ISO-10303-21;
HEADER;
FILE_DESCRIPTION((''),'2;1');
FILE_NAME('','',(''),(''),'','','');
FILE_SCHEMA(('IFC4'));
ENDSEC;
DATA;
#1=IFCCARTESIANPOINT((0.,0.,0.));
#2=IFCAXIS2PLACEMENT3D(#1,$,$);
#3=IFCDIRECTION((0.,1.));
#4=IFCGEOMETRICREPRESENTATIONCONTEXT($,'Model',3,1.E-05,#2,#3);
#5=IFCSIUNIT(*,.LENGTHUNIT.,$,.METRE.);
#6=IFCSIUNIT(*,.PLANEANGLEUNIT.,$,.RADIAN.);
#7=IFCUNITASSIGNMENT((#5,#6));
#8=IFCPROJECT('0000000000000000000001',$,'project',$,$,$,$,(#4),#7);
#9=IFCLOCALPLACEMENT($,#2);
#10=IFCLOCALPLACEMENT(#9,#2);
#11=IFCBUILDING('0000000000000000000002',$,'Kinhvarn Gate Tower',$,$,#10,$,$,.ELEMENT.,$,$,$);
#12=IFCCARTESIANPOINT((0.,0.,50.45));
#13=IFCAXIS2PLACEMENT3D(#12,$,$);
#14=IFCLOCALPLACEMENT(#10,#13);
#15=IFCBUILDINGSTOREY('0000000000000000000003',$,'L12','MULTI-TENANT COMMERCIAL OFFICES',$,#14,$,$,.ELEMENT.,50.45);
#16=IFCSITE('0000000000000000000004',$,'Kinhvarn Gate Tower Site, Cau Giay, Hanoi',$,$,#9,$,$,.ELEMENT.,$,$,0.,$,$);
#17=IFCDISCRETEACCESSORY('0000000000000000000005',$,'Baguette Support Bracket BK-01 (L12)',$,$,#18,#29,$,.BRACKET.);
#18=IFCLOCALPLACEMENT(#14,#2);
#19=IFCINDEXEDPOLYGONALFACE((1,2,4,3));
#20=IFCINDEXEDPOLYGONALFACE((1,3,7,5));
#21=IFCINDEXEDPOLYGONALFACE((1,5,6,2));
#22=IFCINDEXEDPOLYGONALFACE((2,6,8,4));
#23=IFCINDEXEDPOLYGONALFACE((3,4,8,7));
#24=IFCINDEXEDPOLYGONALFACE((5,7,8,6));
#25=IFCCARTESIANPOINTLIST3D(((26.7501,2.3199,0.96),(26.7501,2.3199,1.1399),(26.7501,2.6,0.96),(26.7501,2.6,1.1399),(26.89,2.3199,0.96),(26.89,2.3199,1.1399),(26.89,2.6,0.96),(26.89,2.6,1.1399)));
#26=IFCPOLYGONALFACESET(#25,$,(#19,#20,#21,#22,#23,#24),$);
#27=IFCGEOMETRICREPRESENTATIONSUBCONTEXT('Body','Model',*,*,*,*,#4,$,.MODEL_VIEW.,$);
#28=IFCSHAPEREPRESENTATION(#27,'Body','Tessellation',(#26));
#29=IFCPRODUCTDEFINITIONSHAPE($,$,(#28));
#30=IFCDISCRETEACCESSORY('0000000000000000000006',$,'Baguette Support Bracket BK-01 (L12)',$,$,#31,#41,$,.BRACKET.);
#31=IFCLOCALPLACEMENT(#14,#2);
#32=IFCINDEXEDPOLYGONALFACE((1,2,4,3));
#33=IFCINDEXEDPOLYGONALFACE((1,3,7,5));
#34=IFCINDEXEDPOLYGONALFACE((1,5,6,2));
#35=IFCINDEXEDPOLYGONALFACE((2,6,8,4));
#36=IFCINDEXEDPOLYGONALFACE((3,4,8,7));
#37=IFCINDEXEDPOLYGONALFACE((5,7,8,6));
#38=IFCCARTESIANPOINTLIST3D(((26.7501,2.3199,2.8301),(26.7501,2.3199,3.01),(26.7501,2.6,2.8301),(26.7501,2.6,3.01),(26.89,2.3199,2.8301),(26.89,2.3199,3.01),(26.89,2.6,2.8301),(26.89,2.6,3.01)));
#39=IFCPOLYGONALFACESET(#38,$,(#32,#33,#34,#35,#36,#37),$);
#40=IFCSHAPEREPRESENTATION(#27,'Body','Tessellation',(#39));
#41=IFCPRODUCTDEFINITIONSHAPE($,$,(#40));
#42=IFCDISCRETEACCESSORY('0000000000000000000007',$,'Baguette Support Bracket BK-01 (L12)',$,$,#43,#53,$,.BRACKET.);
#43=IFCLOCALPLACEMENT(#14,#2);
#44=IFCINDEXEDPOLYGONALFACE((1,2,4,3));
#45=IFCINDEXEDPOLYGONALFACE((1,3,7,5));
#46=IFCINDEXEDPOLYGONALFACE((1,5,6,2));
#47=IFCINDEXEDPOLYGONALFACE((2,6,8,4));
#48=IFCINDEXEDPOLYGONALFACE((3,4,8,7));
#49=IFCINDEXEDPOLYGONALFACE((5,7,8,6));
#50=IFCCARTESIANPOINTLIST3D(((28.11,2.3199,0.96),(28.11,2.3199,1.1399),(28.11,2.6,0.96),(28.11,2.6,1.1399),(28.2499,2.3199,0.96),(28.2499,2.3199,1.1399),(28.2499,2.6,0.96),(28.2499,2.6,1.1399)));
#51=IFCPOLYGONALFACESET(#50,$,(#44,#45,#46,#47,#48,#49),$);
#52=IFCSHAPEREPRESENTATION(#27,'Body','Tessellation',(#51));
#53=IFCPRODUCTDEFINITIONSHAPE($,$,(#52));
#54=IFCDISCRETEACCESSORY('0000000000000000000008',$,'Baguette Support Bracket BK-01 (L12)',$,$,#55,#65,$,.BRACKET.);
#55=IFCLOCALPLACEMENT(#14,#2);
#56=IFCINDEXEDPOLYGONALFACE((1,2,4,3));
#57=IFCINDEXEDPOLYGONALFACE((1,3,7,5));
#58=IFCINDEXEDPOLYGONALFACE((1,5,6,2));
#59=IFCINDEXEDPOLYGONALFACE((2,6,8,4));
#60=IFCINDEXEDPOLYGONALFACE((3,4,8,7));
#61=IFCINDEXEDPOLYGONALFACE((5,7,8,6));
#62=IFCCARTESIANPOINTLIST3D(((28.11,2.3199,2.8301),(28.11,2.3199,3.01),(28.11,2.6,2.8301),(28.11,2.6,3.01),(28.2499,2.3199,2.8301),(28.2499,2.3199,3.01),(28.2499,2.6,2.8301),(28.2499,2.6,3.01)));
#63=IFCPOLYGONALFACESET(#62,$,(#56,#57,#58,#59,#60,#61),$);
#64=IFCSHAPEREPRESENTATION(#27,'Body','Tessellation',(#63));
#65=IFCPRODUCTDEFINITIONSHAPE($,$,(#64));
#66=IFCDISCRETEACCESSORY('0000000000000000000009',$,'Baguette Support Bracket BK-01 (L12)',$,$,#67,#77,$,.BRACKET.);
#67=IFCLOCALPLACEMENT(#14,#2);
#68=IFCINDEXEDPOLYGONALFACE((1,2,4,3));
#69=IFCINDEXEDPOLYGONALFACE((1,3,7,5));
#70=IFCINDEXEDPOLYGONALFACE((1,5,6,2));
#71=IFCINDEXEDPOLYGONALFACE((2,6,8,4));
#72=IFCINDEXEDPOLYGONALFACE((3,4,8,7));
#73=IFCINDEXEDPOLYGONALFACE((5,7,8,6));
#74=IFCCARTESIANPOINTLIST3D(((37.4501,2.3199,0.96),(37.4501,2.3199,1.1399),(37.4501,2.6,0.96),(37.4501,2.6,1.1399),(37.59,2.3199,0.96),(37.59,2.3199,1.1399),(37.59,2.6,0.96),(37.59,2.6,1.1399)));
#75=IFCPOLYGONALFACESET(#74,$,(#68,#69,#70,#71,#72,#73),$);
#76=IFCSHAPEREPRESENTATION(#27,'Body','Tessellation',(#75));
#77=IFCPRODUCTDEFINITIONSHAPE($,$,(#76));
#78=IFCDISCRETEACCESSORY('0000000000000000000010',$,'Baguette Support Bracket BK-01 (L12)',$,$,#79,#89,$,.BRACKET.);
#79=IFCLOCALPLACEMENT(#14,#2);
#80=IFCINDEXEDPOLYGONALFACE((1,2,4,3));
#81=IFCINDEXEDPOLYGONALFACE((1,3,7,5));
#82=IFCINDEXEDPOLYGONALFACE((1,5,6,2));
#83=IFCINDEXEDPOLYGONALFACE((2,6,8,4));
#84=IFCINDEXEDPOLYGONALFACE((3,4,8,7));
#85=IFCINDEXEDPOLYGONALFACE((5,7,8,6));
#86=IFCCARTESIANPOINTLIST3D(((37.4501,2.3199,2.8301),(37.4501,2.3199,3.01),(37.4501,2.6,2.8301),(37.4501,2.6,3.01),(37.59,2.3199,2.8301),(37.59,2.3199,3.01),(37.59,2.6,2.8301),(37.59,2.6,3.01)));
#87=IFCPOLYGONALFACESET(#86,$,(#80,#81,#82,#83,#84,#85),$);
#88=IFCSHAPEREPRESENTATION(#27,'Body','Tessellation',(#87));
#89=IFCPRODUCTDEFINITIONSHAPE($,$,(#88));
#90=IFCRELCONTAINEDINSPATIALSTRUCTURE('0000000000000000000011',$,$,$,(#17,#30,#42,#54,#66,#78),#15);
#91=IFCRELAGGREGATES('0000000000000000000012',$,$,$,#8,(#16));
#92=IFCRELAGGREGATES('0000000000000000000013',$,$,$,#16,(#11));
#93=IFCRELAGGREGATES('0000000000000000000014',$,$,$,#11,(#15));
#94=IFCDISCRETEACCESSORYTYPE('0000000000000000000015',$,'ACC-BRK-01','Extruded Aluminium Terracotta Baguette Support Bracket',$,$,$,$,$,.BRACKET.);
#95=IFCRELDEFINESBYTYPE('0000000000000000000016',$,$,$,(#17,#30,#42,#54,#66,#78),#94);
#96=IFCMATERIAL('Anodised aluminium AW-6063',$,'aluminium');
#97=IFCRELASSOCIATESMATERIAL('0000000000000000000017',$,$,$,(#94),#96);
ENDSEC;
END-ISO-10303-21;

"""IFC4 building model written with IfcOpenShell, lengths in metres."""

from ifc_helpers import new_model, si_unit, direction, frame, origin, origin_2d, place, context, subcontext, project, spatial, rectangle, extrude, material, type_object, element, save


model = new_model("IFC4")

# Units and contexts
model_context = context("Model", 3, precision=1e-05, world=origin(), true_north=direction((0.0, 1.0)))
body_context = subcontext(model_context, "Body", "Model", "MODEL_VIEW")
ifc_project = project(units=[si_unit("LENGTHUNIT", "METRE"), si_unit("PLANEANGLEUNIT", "RADIAN")], contexts=[model_context])

# Site, building, storey
site_placement = place(None, origin())
site = spatial("IfcSite", under=ifc_project, at=site_placement, Name="Kinhvarn Gate Tower Site, Cau Giay, Hanoi", CompositionType="ELEMENT", RefElevation=0.0)
building_placement = place(site_placement, origin())
building = spatial("IfcBuilding", under=site, at=building_placement, Name="Kinhvarn Gate Tower", CompositionType="ELEMENT")
storey_placement = place(building_placement, frame((0.0, 0.0, 50.45)))
storey = spatial("IfcBuildingStorey", under=building, at=storey_placement, Name="L12", Description="MULTI-TENANT COMMERCIAL OFFICES", CompositionType="ELEMENT", Elevation=50.45)

# Shared definitions
ifc_material_1 = material(Name="Anodised aluminium AW-6063", Category="aluminium")

# Discrete accessories
discrete_accessory_type = type_object("IfcDiscreteAccessoryType", Name="ACC-BRK-01", Description="Extruded Aluminium Terracotta Baguette Support Bracket", PredefinedType="BRACKET", material=ifc_material_1)
for number, where, z_axis, x_axis, name in (
    (1, (26.8201, 2.46, 0.96), (0.0, 0.0, 1.0), (1.0, 0.0, 0.0), "Baguette Support Bracket BK-01 (L12)"),
    (2, (26.8201, 2.46, 2.8301), (0.0, 0.0, 1.0), (1.0, 0.0, 0.0), "Baguette Support Bracket BK-01 (L12)"),
    (3, (28.1799, 2.46, 0.96), (0.0, 0.0, 1.0), (1.0, 0.0, 0.0), "Baguette Support Bracket BK-01 (L12)"),
    (4, (28.1799, 2.46, 2.8301), (0.0, 0.0, 1.0), (1.0, 0.0, 0.0), "Baguette Support Bracket BK-01 (L12)"),
    (5, (37.52, 2.46, 0.96), (0.0, 0.0, 1.0), (1.0, 0.0, 0.0), "Baguette Support Bracket BK-01 (L12)"),
    (6, (37.52, 2.46, 2.8301), (0.0, 0.0, 1.0), (1.0, 0.0, 0.0), "Baguette Support Bracket BK-01 (L12)"),
):
    element("IfcDiscreteAccessory", number, at=place(storey_placement, frame(where, z_axis=z_axis, x_axis=x_axis)), inside=storey, type_object=discrete_accessory_type, Name=name, PredefinedType="BRACKET", context=body_context, shape_type="SweptSolid", body=[
        extrude(rectangle(XDim=0.1399, YDim=0.28, at=origin_2d()), origin(), (0.0, 0.0, 1.0), 0.1799),
    ])

save(model, "model.ifc")
